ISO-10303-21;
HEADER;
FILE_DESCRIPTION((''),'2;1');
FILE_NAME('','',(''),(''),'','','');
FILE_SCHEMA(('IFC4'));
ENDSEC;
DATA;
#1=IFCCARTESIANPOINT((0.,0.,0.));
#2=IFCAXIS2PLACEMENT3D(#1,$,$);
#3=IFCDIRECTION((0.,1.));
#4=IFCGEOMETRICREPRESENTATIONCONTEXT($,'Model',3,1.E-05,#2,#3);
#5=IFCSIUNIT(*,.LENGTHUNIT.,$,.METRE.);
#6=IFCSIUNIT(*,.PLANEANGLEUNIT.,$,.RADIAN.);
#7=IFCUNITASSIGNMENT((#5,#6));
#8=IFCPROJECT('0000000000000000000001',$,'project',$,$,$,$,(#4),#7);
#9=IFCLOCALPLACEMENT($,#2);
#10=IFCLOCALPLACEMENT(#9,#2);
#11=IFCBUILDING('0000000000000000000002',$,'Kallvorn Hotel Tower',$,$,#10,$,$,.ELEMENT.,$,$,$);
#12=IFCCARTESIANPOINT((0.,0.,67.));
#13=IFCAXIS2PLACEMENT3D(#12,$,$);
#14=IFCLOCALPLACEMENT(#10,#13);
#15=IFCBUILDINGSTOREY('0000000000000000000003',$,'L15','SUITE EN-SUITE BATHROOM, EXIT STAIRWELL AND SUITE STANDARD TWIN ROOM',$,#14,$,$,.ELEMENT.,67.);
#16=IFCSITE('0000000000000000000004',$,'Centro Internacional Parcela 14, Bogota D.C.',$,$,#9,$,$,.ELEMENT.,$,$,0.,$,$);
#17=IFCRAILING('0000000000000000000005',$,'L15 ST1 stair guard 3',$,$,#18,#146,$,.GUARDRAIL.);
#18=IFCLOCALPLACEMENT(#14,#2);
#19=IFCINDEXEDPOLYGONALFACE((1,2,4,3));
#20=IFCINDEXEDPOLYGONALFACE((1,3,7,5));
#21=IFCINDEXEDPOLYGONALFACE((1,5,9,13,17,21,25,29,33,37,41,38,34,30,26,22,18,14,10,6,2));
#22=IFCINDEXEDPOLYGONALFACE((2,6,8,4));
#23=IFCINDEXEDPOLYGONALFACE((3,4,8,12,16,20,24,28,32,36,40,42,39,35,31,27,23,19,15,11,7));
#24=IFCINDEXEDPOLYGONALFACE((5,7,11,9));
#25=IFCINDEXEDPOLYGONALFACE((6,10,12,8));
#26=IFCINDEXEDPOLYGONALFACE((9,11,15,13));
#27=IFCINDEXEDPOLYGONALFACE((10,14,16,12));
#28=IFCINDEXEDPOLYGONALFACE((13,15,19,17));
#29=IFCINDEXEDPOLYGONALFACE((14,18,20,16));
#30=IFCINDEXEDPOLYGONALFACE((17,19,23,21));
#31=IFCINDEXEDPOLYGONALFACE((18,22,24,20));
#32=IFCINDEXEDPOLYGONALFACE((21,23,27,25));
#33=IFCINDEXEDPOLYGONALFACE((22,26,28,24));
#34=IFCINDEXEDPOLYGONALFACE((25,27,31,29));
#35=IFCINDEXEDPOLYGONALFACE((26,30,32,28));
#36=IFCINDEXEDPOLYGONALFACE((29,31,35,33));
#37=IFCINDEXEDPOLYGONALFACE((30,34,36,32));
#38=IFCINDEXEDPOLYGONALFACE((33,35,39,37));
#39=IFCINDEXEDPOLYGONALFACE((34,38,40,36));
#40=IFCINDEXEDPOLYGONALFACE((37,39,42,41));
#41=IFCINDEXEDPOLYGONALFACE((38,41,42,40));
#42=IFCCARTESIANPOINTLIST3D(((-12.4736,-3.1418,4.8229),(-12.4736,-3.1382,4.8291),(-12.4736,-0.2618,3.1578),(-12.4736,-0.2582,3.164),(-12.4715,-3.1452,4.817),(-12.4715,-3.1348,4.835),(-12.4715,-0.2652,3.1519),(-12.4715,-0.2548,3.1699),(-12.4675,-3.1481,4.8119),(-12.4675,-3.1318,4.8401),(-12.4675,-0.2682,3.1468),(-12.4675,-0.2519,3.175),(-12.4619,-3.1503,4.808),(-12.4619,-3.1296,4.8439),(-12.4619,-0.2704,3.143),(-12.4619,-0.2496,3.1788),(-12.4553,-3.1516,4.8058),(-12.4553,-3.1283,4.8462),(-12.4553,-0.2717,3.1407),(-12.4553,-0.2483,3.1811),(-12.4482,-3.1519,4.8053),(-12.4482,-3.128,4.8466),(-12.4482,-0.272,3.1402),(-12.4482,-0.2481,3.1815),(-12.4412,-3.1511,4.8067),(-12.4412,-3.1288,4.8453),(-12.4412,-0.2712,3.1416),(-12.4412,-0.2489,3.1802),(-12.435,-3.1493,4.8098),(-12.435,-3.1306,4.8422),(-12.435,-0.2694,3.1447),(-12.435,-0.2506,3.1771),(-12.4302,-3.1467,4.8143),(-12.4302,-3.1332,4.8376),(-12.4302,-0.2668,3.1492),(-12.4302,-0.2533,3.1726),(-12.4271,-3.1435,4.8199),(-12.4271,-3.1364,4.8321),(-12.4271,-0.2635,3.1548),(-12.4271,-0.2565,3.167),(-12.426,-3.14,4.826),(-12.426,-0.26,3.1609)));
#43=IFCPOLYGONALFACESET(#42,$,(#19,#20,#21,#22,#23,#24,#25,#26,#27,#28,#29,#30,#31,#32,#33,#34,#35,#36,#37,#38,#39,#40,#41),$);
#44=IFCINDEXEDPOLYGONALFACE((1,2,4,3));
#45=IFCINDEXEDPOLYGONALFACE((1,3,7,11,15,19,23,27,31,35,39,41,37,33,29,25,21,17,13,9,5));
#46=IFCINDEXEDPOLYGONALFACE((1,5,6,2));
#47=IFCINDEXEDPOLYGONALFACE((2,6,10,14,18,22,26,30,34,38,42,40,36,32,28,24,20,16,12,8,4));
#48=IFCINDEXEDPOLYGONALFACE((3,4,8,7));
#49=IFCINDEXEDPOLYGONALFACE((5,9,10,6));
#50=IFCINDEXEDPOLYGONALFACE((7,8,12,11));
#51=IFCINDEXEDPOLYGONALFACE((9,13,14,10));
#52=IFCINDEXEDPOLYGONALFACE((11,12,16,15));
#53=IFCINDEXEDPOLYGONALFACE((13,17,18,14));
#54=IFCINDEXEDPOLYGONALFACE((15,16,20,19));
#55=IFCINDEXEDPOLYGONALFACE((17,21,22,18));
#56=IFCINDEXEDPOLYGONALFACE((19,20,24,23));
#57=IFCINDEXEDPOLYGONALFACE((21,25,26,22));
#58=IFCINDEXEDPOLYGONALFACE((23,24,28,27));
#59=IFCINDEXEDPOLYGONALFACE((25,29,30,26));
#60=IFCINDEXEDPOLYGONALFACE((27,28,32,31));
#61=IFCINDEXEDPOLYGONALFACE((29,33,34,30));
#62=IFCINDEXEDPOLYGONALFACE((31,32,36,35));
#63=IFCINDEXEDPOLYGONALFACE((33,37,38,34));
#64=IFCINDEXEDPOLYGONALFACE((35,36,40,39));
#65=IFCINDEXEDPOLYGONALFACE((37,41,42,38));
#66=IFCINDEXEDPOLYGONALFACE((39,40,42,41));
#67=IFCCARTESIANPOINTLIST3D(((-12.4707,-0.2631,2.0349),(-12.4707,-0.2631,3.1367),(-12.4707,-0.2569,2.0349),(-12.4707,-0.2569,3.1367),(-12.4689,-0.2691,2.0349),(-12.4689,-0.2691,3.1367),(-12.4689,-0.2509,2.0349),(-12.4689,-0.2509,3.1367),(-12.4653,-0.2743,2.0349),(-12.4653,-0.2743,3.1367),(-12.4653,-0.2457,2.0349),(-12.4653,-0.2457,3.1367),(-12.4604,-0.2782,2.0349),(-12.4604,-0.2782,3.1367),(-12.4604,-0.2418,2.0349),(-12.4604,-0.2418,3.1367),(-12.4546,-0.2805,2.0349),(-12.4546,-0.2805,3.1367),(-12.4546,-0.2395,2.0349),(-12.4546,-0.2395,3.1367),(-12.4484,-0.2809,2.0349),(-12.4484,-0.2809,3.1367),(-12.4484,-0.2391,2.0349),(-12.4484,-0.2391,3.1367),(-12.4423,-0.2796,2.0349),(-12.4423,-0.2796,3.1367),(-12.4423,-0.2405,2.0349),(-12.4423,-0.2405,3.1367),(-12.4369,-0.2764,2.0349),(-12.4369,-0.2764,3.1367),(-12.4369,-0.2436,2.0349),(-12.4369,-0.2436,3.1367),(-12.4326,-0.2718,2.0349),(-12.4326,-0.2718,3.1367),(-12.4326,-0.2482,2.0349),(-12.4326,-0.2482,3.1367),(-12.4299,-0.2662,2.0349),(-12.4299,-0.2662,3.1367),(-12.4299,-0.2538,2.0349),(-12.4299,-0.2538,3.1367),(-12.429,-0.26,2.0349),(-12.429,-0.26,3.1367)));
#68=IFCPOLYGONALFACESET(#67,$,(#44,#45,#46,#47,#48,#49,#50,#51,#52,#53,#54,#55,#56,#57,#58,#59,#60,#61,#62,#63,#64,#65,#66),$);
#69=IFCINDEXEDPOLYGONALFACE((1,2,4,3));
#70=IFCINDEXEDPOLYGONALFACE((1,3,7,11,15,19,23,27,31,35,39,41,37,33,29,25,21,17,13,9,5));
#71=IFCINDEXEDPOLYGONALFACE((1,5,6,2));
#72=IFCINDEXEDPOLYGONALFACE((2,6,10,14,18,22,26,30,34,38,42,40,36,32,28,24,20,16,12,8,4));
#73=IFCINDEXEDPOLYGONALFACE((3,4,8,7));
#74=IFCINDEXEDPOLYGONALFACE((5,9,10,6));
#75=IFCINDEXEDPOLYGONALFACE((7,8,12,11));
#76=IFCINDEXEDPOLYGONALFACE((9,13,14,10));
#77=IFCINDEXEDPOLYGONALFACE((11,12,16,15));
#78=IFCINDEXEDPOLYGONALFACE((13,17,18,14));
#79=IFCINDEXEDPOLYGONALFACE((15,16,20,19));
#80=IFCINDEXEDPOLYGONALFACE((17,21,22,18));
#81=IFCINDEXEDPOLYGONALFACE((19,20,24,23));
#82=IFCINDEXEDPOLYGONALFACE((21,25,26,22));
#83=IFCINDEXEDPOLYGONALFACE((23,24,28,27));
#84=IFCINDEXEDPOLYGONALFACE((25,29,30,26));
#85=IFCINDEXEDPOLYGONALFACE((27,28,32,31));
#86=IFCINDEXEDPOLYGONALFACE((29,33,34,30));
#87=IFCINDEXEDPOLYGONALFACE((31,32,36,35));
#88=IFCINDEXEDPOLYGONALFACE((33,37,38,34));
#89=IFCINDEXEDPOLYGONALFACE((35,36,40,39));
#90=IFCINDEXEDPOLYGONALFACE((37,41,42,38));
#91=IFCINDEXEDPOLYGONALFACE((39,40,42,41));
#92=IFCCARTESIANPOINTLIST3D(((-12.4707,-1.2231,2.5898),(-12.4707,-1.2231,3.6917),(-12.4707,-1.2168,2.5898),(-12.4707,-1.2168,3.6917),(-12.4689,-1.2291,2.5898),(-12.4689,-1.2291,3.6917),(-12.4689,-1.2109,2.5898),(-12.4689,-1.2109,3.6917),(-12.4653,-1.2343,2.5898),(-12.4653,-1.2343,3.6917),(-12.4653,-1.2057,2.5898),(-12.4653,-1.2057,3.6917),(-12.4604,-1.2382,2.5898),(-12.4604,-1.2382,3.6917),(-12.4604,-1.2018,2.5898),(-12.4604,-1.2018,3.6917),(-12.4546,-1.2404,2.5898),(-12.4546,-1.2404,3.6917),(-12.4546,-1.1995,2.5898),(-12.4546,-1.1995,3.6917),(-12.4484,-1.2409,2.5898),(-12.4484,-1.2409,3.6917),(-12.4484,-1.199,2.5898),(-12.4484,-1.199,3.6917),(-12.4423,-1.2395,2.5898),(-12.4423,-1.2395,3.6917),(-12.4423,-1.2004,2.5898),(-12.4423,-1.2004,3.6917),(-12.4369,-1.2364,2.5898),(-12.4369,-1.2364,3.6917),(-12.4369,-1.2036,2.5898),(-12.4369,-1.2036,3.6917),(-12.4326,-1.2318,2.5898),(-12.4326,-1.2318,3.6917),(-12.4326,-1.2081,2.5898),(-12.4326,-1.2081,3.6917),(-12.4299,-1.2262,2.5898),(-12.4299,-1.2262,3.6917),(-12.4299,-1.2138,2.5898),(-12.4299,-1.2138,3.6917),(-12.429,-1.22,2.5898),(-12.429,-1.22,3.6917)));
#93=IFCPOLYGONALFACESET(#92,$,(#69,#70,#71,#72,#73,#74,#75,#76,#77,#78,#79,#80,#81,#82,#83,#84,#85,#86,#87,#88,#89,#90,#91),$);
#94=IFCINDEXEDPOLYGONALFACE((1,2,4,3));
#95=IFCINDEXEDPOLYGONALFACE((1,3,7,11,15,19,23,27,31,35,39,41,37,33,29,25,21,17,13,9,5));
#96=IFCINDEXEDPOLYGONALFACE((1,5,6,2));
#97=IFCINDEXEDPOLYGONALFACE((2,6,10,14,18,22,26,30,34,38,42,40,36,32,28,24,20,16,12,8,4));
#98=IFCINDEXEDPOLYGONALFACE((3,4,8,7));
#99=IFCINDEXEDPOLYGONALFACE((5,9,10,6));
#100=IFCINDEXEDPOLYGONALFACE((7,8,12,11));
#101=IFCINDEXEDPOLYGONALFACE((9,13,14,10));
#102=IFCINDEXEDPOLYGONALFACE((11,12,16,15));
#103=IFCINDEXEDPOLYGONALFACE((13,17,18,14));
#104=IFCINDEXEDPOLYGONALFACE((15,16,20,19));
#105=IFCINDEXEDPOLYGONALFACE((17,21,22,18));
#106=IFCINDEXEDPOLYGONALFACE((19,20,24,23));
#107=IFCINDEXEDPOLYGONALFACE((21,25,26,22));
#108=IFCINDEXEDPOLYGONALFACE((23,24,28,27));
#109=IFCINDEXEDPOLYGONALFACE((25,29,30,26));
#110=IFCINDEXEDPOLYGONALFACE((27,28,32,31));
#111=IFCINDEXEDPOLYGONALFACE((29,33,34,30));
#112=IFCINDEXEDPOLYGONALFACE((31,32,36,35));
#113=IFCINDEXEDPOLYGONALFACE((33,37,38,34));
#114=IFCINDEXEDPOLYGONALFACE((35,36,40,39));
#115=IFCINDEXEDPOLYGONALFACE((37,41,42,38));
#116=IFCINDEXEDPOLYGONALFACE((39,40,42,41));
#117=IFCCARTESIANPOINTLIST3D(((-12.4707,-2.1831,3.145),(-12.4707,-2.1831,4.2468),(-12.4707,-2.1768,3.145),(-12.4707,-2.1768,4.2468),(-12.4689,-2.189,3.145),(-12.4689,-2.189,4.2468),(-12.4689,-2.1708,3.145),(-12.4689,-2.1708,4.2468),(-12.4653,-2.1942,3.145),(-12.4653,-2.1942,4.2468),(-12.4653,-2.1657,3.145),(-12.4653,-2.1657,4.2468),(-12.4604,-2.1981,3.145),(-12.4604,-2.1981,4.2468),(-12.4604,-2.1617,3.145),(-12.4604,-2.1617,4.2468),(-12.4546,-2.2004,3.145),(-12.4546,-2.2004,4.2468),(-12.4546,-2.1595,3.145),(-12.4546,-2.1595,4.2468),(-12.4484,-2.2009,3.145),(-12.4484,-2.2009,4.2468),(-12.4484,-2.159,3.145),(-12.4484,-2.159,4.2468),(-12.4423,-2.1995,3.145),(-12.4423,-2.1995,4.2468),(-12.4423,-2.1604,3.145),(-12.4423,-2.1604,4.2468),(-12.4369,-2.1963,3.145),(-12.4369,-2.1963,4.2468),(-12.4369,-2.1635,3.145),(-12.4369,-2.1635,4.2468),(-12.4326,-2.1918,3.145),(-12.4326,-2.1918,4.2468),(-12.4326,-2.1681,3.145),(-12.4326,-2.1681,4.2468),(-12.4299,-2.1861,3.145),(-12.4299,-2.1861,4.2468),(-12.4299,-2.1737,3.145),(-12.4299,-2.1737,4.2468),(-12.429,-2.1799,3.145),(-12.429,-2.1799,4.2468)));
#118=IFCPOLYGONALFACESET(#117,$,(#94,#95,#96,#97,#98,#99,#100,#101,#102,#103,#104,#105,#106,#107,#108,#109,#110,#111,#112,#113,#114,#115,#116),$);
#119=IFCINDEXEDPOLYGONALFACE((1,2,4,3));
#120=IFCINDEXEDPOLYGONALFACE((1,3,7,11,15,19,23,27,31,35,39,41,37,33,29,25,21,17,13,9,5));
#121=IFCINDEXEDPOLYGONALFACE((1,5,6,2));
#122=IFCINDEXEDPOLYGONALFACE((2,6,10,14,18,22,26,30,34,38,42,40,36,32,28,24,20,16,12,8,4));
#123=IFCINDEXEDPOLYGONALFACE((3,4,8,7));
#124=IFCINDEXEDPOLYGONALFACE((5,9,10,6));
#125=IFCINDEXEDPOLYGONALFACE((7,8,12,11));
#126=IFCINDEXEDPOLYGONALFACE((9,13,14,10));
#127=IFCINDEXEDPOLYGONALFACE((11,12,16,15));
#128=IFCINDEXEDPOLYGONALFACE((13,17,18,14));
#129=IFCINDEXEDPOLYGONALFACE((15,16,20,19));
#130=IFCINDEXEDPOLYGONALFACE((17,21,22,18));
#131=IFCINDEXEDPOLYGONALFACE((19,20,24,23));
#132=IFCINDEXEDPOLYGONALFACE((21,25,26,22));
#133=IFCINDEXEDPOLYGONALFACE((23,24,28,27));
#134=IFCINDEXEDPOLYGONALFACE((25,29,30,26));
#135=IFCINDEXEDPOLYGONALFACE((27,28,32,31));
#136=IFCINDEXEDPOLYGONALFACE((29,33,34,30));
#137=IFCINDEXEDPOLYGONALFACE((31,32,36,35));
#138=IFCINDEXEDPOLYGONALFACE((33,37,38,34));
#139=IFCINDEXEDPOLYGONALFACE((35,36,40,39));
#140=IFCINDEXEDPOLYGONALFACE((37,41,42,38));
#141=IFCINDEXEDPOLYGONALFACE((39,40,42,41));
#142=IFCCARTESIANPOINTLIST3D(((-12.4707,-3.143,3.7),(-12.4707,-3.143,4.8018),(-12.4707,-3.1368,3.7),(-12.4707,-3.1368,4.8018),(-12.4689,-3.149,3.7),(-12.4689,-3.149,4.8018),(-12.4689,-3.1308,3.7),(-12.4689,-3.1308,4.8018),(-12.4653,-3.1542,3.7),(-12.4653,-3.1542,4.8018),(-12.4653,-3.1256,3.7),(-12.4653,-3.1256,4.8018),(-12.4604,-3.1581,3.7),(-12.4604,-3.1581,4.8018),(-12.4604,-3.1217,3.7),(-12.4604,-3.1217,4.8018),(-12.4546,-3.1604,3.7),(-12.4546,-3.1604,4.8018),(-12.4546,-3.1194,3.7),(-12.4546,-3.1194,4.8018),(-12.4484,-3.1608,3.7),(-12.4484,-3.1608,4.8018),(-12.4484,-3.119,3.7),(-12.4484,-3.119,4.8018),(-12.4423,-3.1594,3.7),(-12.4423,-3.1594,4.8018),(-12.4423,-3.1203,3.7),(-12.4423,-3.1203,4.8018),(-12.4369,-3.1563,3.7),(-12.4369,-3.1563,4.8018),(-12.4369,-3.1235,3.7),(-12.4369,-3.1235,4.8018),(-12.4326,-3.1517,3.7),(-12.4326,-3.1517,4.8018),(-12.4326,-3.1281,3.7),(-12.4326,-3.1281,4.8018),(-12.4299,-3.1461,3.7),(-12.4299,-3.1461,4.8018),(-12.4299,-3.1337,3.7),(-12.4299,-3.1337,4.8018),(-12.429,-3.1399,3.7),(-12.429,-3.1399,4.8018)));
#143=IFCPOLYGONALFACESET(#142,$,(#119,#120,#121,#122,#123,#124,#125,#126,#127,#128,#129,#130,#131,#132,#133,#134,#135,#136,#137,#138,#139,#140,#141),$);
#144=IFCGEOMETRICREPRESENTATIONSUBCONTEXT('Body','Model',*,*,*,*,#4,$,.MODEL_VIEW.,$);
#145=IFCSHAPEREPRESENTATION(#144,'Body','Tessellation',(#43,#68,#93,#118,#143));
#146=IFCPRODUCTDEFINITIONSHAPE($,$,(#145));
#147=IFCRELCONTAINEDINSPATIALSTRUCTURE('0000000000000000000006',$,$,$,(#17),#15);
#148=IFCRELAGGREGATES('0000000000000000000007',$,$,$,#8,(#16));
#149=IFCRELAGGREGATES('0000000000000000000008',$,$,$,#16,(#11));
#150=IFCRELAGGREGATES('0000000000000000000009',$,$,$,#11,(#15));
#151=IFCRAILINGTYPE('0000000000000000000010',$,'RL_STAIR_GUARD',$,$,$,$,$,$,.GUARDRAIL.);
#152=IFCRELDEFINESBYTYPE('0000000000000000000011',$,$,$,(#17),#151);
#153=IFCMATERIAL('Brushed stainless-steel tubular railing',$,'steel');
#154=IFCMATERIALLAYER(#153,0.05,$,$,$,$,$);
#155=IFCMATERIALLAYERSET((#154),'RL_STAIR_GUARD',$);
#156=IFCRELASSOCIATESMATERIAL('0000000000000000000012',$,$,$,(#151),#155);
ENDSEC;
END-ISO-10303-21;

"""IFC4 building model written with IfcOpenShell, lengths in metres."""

from ifc_helpers import new_model, si_unit, direction, frame, origin, origin_2d, place, context, subcontext, project, spatial, circle, extrude, material, layer, layer_set, type_object, element, save


model = new_model("IFC4")

# Units and contexts
model_context = context("Model", 3, precision=1e-05, world=origin(), true_north=direction((0.0, 1.0)))
body_context = subcontext(model_context, "Body", "Model", "MODEL_VIEW")
ifc_project = project(units=[si_unit("LENGTHUNIT", "METRE"), si_unit("PLANEANGLEUNIT", "RADIAN")], contexts=[model_context])

# Site, building, storey
site_placement = place(None, origin())
site = spatial("IfcSite", under=ifc_project, at=site_placement, Name="Centro Internacional Parcela 14, Bogota D.C.", CompositionType="ELEMENT", RefElevation=0.0)
building_placement = place(site_placement, origin())
building = spatial("IfcBuilding", under=site, at=building_placement, Name="Kallvorn Hotel Tower", CompositionType="ELEMENT")
storey_placement = place(building_placement, frame((0.0, 0.0, 67.0)))
storey = spatial("IfcBuildingStorey", under=building, at=storey_placement, Name="L15", Description="SUITE EN-SUITE BATHROOM, EXIT STAIRWELL AND SUITE STANDARD TWIN ROOM", CompositionType="ELEMENT", Elevation=67.0)

# Railing
ifc_material_1 = material(Name="Brushed stainless-steel tubular railing", Category="steel")
ifc_layer_1 = layer(ifc_material_1, 0.05)
ifc_layer_set_1 = layer_set([ifc_layer_1], Name="RL_STAIR_GUARD")
railing_type_1 = type_object("IfcRailingType", Name="RL_STAIR_GUARD", PredefinedType="GUARDRAIL", material=ifc_layer_set_1)
railing_1_placement = place(storey_placement, frame((-12.45, -0.26, 2.0349)))
element("IfcRailing", 1, at=railing_1_placement, inside=storey, type_object=railing_type_1, Name="L15 ST1 stair guard 3", PredefinedType="GUARDRAIL", context=body_context, shape_type="SweptSolid", body=[
    extrude(circle(Radius=0.0239, at=origin_2d()), frame((0.0, 0.0, 1.126), z_axis=(0.0, -0.865721, 0.500527), x_axis=(1.0, 0.0, 0.0)), (0.0, 0.0, 1.0), 3.3267),
    extrude(circle(Radius=0.021, at=origin_2d()), origin(), (0.0, 0.0, 1.0), 1.1018),
    extrude(circle(Radius=0.021, at=origin_2d()), frame((0.0, -0.96, 0.5549)), (0.0, 0.0, 1.0), 1.1018),
    extrude(circle(Radius=0.021, at=origin_2d()), frame((0.0, -1.9199, 1.1101)), (0.0, 0.0, 1.0), 1.1018),
    extrude(circle(Radius=0.021, at=origin_2d()), frame((0.0, -2.8799, 1.665)), (0.0, 0.0, 1.0), 1.1018),
])

save(model, "model.ifc")
